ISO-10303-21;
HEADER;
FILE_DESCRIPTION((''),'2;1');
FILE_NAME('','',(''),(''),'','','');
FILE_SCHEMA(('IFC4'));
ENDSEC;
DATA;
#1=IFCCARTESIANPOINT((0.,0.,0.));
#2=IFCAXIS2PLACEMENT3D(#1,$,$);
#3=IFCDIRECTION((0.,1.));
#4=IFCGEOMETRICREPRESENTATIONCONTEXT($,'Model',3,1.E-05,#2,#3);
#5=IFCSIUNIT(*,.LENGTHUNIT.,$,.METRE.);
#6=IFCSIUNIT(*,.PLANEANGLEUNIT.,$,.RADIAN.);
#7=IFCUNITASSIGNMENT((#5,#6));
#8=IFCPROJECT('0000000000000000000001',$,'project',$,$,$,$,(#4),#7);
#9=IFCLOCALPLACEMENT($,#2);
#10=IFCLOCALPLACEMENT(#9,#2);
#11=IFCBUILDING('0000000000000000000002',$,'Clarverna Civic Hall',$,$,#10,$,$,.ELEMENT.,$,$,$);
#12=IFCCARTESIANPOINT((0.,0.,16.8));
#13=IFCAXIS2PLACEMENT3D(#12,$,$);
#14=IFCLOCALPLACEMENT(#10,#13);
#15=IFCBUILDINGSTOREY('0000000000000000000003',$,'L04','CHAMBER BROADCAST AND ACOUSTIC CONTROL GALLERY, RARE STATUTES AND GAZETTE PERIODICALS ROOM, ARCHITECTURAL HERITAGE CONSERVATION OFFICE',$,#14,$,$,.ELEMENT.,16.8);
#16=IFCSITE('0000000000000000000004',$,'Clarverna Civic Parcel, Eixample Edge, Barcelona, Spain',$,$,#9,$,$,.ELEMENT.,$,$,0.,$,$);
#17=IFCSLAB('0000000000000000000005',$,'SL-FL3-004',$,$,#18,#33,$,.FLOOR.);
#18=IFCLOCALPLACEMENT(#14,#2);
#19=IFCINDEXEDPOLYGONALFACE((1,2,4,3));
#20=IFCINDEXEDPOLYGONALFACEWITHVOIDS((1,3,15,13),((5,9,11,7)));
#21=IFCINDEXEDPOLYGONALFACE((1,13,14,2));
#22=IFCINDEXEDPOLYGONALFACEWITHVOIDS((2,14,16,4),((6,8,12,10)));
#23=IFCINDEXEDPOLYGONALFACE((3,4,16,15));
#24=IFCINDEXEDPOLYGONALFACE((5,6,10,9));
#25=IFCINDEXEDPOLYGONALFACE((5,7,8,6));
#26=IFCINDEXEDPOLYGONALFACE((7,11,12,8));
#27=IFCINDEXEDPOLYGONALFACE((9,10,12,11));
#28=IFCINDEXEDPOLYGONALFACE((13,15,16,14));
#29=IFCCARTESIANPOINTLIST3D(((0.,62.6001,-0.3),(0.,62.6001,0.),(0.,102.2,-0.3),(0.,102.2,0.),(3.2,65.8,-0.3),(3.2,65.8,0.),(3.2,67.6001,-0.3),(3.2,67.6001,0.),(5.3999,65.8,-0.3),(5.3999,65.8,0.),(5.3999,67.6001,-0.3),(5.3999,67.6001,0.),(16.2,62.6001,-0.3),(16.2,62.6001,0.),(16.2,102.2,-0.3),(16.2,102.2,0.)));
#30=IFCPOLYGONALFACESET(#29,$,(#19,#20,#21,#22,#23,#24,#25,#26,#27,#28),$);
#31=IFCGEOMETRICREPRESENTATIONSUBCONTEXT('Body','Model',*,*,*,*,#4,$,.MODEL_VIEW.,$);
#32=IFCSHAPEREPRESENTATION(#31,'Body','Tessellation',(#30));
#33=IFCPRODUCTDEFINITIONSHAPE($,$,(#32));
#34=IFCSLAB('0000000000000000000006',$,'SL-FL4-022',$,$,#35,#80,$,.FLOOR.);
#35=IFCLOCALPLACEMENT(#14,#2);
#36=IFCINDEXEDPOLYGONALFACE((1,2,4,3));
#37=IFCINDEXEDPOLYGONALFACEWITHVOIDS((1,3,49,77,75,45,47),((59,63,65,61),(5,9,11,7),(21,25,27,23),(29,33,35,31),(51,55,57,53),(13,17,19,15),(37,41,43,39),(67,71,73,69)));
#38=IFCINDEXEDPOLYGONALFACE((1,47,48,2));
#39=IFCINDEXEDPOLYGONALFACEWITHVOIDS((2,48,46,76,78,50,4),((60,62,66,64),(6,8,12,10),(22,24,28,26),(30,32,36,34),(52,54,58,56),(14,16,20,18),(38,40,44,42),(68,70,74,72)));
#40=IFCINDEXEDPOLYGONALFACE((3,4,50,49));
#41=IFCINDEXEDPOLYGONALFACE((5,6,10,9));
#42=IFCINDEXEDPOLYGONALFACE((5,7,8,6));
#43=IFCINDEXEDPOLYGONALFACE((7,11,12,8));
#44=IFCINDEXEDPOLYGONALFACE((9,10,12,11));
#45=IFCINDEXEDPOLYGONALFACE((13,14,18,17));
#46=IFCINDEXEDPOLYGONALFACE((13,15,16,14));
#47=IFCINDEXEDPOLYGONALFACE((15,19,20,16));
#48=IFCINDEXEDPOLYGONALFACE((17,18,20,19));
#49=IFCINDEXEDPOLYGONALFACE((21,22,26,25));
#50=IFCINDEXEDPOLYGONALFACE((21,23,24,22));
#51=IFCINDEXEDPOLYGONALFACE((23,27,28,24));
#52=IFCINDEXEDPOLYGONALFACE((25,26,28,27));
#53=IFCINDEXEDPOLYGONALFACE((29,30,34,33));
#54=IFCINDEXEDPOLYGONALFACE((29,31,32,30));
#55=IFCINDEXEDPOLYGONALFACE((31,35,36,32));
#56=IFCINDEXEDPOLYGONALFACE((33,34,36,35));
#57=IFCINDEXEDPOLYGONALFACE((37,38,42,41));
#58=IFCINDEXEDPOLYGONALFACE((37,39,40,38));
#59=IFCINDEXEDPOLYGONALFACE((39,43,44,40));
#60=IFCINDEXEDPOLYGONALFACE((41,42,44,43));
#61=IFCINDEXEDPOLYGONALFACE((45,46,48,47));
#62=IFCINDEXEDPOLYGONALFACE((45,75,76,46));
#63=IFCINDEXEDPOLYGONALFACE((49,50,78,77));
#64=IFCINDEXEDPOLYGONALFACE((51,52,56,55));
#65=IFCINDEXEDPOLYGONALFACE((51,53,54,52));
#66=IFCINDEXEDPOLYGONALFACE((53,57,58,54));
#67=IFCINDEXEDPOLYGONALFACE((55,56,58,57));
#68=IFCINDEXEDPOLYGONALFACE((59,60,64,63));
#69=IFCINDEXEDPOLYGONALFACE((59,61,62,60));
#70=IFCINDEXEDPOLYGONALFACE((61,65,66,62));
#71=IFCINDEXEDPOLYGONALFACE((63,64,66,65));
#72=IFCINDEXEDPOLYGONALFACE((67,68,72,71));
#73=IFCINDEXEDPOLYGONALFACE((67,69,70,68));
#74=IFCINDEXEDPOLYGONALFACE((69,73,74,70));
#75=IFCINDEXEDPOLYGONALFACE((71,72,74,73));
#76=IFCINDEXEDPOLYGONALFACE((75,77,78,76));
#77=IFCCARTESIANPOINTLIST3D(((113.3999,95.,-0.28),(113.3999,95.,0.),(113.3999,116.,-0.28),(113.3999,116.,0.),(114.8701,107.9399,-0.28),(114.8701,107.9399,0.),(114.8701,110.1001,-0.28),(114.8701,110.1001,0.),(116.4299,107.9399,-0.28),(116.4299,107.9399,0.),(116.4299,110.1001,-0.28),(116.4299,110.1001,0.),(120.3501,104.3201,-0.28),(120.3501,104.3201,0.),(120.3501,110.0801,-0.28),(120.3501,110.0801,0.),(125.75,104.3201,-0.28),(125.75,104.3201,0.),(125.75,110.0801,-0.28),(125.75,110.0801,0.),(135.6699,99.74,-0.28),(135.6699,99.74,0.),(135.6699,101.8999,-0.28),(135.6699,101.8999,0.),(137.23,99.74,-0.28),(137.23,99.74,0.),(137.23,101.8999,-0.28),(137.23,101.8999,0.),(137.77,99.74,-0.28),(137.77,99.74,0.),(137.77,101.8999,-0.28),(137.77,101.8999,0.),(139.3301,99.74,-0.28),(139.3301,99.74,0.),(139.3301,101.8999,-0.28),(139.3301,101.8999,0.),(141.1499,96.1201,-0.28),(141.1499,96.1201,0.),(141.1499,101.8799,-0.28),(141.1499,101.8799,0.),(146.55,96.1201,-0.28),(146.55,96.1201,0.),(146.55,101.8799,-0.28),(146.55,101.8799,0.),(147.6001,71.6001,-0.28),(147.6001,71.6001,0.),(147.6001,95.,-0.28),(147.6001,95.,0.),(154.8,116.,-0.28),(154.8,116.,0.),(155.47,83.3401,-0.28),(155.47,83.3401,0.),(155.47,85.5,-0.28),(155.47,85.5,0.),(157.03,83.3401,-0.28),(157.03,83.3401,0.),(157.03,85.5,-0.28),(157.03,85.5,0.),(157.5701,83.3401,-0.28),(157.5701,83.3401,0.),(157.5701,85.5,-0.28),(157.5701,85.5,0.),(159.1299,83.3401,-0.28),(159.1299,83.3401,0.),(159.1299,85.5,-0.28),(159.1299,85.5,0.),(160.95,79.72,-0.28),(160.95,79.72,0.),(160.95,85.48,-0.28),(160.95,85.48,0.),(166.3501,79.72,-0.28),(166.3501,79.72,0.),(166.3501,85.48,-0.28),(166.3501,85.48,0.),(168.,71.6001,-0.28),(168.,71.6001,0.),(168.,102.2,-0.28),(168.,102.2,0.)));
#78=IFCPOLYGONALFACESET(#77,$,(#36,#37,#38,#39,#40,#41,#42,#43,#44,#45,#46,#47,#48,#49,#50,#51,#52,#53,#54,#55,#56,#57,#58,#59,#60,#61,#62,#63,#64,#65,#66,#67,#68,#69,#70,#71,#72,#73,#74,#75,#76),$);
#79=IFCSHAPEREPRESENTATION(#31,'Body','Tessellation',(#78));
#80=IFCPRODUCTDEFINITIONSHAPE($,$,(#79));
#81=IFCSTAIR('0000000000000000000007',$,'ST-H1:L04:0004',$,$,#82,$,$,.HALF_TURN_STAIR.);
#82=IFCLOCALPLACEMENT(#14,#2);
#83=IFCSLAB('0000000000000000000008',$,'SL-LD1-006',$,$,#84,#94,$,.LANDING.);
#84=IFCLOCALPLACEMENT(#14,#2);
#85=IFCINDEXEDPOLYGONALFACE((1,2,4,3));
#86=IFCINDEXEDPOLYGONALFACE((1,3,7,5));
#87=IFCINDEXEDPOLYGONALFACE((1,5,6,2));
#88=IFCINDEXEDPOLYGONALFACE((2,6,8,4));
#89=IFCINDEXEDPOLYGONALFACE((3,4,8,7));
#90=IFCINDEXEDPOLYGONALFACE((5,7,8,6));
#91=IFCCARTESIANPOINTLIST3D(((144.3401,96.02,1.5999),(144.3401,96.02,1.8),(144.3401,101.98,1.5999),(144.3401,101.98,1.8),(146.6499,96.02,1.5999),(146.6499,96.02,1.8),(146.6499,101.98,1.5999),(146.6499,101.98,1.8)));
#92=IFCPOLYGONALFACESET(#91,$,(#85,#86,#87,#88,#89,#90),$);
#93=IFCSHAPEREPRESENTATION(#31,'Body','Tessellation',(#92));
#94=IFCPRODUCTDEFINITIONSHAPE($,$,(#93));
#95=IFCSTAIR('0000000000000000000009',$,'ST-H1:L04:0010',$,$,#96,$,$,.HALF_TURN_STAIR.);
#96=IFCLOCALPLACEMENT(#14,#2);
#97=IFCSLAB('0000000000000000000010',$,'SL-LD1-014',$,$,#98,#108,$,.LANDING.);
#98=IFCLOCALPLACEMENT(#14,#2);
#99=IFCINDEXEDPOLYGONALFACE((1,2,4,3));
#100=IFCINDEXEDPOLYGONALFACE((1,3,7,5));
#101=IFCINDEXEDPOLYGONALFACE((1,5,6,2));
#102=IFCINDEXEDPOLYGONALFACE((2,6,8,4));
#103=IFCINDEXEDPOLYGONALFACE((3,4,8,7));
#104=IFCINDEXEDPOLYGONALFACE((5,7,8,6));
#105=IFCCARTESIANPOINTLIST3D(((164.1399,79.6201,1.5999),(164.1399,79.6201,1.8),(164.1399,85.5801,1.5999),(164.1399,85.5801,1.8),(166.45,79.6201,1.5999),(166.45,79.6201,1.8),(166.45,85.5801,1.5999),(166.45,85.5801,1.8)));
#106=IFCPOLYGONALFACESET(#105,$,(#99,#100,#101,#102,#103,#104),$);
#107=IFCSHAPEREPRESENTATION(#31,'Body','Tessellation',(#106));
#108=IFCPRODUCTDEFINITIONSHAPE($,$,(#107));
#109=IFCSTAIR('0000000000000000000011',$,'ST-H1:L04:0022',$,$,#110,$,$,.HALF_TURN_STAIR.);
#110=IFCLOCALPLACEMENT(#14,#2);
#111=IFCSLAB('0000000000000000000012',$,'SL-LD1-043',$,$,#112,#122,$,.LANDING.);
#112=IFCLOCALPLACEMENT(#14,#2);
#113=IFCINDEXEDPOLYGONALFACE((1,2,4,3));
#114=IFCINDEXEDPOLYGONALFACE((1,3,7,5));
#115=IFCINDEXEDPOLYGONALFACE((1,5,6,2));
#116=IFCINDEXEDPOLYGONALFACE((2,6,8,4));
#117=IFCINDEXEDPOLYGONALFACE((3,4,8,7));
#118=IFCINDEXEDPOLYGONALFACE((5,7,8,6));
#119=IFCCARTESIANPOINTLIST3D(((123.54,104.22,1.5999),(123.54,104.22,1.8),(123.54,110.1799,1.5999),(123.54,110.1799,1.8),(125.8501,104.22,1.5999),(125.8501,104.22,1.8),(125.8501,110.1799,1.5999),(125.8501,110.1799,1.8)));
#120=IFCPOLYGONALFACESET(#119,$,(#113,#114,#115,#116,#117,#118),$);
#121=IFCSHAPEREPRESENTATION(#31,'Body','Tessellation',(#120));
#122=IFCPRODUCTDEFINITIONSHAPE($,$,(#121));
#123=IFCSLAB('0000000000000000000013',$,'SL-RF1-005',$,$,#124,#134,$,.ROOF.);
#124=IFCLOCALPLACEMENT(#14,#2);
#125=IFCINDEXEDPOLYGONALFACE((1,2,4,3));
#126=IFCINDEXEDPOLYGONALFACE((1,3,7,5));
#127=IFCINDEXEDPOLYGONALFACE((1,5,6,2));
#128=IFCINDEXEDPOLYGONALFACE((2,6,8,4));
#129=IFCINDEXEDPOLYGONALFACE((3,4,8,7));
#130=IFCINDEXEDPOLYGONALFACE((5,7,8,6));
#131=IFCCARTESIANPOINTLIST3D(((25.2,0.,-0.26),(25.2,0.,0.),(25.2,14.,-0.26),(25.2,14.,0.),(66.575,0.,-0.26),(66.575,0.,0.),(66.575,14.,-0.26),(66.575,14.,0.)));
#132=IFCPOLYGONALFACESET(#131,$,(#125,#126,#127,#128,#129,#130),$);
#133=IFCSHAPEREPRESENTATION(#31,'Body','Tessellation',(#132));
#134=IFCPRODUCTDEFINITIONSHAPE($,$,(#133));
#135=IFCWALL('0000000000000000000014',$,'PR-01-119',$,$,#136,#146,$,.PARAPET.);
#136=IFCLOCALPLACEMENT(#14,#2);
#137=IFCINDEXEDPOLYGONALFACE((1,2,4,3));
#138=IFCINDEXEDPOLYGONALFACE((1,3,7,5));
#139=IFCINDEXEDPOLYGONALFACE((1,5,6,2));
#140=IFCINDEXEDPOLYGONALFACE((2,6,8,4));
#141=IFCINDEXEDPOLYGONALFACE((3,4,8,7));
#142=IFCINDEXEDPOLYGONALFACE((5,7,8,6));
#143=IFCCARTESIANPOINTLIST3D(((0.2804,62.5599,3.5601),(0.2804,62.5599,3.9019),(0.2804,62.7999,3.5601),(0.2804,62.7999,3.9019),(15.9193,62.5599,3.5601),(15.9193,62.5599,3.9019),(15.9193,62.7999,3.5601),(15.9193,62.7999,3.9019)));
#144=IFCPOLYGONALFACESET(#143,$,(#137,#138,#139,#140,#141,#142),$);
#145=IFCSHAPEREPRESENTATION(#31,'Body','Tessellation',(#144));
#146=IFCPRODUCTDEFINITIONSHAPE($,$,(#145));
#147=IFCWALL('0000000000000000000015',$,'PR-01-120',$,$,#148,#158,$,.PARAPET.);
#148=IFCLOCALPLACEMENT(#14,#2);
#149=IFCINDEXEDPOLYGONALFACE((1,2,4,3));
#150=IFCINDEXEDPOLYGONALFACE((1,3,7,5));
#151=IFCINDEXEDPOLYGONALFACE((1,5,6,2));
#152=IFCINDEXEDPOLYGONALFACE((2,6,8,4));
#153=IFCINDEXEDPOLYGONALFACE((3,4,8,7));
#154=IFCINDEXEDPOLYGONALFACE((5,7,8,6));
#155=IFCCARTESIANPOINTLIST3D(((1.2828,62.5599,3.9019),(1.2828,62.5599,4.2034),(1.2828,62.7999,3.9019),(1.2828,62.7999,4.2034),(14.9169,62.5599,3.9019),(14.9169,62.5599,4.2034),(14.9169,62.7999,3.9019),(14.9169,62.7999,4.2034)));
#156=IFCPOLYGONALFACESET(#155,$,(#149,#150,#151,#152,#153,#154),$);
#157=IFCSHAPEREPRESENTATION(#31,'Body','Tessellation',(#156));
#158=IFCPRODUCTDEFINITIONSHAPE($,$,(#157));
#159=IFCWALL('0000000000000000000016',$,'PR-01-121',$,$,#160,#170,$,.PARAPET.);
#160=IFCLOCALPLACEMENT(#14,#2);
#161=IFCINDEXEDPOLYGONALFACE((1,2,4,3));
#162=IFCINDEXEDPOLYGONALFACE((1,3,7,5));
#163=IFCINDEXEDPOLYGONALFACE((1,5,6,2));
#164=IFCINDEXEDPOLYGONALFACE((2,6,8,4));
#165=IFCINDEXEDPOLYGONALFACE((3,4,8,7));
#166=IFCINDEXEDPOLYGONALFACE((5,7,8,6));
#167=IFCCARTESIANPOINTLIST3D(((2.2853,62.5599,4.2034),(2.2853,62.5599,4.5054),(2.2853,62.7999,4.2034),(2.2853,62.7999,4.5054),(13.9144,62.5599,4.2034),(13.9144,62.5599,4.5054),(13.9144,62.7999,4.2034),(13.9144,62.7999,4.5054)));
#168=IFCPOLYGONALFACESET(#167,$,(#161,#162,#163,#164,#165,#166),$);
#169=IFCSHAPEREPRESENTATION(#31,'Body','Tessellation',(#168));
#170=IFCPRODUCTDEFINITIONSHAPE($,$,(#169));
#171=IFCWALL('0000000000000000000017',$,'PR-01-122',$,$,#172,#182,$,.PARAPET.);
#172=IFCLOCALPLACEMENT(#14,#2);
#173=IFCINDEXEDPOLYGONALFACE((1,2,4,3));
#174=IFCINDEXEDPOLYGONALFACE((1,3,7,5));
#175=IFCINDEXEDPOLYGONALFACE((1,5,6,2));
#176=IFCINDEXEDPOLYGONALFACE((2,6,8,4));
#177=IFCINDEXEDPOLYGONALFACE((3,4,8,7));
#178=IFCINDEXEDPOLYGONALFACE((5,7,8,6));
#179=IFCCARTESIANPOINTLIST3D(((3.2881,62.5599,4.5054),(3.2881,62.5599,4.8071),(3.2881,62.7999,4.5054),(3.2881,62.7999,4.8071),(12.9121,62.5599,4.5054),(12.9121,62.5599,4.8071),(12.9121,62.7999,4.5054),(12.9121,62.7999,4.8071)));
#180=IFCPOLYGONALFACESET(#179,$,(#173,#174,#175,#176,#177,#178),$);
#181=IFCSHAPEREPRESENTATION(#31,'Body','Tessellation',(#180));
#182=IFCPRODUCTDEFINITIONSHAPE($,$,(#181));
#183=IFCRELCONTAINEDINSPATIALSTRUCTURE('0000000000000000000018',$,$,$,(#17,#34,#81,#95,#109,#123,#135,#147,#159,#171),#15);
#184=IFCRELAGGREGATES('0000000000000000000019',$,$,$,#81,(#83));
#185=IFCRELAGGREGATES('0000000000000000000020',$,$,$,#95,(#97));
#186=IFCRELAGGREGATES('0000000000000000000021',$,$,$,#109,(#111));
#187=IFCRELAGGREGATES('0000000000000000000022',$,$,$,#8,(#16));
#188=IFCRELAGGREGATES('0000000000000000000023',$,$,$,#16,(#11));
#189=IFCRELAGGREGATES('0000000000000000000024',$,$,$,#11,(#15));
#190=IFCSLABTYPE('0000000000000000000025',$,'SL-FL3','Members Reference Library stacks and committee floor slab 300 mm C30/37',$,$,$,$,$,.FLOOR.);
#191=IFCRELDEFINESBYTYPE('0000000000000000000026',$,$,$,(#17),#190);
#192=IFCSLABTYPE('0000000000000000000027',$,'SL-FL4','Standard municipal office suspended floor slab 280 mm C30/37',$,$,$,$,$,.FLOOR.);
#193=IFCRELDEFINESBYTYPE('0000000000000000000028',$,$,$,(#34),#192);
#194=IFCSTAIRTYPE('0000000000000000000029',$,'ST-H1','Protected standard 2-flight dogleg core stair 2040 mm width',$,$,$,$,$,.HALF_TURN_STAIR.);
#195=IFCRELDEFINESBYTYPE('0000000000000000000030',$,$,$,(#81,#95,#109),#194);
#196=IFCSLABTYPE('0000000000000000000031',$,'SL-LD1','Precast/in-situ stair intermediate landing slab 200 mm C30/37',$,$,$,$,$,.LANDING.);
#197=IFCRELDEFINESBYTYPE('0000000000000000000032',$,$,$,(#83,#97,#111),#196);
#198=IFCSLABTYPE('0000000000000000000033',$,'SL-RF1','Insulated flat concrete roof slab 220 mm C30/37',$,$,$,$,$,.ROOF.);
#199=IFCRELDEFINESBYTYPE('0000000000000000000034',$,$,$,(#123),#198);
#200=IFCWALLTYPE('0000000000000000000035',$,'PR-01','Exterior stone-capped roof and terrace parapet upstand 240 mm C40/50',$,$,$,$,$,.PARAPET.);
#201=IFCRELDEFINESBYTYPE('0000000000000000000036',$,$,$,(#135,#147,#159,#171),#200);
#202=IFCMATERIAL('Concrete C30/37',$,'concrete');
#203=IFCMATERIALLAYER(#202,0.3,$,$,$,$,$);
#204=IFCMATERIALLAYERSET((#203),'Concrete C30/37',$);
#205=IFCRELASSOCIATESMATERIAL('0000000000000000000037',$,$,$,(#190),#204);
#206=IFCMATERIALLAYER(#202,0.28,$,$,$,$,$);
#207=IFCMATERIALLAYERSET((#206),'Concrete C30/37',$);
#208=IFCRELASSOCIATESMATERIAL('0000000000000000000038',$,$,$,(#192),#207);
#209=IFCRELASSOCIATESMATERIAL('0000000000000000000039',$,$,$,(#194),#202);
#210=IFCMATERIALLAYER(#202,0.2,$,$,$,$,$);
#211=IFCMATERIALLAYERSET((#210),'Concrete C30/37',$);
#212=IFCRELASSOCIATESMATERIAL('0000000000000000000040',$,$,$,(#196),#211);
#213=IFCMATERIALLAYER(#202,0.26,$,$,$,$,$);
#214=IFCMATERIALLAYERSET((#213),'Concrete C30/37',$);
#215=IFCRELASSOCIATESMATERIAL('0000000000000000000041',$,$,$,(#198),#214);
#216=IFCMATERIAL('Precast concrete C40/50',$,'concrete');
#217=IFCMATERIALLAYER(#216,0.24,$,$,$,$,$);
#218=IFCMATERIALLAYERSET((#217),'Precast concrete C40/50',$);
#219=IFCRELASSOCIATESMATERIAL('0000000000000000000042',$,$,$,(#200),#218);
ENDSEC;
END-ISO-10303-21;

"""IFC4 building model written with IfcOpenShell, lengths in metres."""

from ifc_helpers import new_model, si_unit, direction, frame, frame_2d, origin, place, context, subcontext, project, spatial, polyline, rectangle, outline, extrude, material, layer, layer_set, type_object, element, aggregate, save


model = new_model("IFC4")

# Units and contexts
model_context = context("Model", 3, precision=1e-05, world=origin(), true_north=direction((0.0, 1.0)))
body_context = subcontext(model_context, "Body", "Model", "MODEL_VIEW")
ifc_project = project(units=[si_unit("LENGTHUNIT", "METRE"), si_unit("PLANEANGLEUNIT", "RADIAN")], contexts=[model_context])

# Site, building, storey
site_placement = place(None, origin())
site = spatial("IfcSite", under=ifc_project, at=site_placement, Name="Clarverna Civic Parcel, Eixample Edge, Barcelona, Spain", CompositionType="ELEMENT", RefElevation=0.0)
building_placement = place(site_placement, origin())
building = spatial("IfcBuilding", under=site, at=building_placement, Name="Clarverna Civic Hall", CompositionType="ELEMENT")
storey_placement = place(building_placement, frame((0.0, 0.0, 16.8)))
storey = spatial("IfcBuildingStorey", under=building, at=storey_placement, Name="L04", Description="CHAMBER BROADCAST AND ACOUSTIC CONTROL GALLERY, RARE STATUTES AND GAZETTE PERIODICALS ROOM, ARCHITECTURAL HERITAGE CONSERVATION OFFICE", CompositionType="ELEMENT", Elevation=16.8)

# Slabs
ifc_material_1 = material(Name="Concrete C30/37", Category="concrete")
ifc_layer_1 = layer(ifc_material_1, 0.3)
ifc_layer_set_1 = layer_set([ifc_layer_1], Name="Concrete C30/37")
slab_type_1 = type_object("IfcSlabType", Name="SL-FL3", Description="Members Reference Library stacks and committee floor slab 300 mm C30/37", PredefinedType="FLOOR", material=ifc_layer_set_1)
slab_1_placement = place(storey_placement, frame((0.0, 0.0, -0.3)))
element("IfcSlab", 1, at=slab_1_placement, inside=storey, type_object=slab_type_1, Name="SL-FL3-004", PredefinedType="FLOOR", context=body_context, shape_type="SweptSolid", body=[
    extrude(outline(polyline([(0.0, 102.2), (0.0, 62.6001), (16.2, 62.6001), (16.2, 102.2), (0.0, 102.2)]), holes=[polyline([(3.2, 65.8), (5.3999, 65.8), (5.3999, 67.6001), (3.2, 67.6001), (3.2, 65.8)])]), origin(), (0.0, 0.0, 1.0), 0.3),
])
ifc_layer_2 = layer(ifc_material_1, 0.28)
ifc_layer_set_2 = layer_set([ifc_layer_2], Name="Concrete C30/37")
slab_type_2 = type_object("IfcSlabType", Name="SL-FL4", Description="Standard municipal office suspended floor slab 280 mm C30/37", PredefinedType="FLOOR", material=ifc_layer_set_2)
slab_2_placement = place(storey_placement, frame((0.0, 0.0, -0.28)))
element("IfcSlab", 2, at=slab_2_placement, inside=storey, type_object=slab_type_2, Name="SL-FL4-022", PredefinedType="FLOOR", context=body_context, shape_type="SweptSolid", body=[
    extrude(outline(polyline([(113.3999, 95.0), (147.6001, 95.0), (147.6001, 71.6001), (168.0, 71.6001), (168.0, 102.2), (154.8, 116.0), (113.3999, 116.0), (113.3999, 95.0)]), holes=[polyline([(141.1499, 96.1201), (146.55, 96.1201), (146.55, 101.8799), (141.1499, 101.8799), (141.1499, 96.1201)]), polyline([(135.6699, 99.74), (137.23, 99.74), (137.23, 101.8999), (135.6699, 101.8999), (135.6699, 99.74)]), polyline([(137.77, 99.74), (139.3301, 99.74), (139.3301, 101.8999), (137.77, 101.8999), (137.77, 99.74)]), polyline([(160.95, 79.72), (166.3501, 79.72), (166.3501, 85.48), (160.95, 85.48), (160.95, 79.72)]), polyline([(155.47, 83.3401), (157.03, 83.3401), (157.03, 85.5), (155.47, 85.5), (155.47, 83.3401)]), polyline([(157.5701, 83.3401), (159.1299, 83.3401), (159.1299, 85.5), (157.5701, 85.5), (157.5701, 83.3401)]), polyline([(120.3501, 104.3201), (125.75, 104.3201), (125.75, 110.0801), (120.3501, 110.0801), (120.3501, 104.3201)]), polyline([(114.8701, 107.9399), (116.4299, 107.9399), (116.4299, 110.1001), (114.8701, 110.1001), (114.8701, 107.9399)])]), origin(), (0.0, 0.0, 1.0), 0.28),
])

# Stairs, slabs
stair_type = type_object("IfcStairType", Name="ST-H1", Description="Protected standard 2-flight dogleg core stair 2040 mm width", PredefinedType="HALF_TURN_STAIR", material=ifc_material_1)
stair_1_placement = place(storey_placement, origin())
stair_1 = element("IfcStair", 3, at=stair_1_placement, inside=storey, type_object=stair_type, Name="ST-H1:L04:0004", PredefinedType="HALF_TURN_STAIR")
ifc_layer_3 = layer(ifc_material_1, 0.2)
ifc_layer_set_3 = layer_set([ifc_layer_3], Name="Concrete C30/37")
slab_type_3 = type_object("IfcSlabType", Name="SL-LD1", Description="Precast/in-situ stair intermediate landing slab 200 mm C30/37", PredefinedType="LANDING", material=ifc_layer_set_3)
slab_3_placement = place(storey_placement, frame((0.0, 0.0, 1.5999)))
slab_3 = element("IfcSlab", 4, at=slab_3_placement, type_object=slab_type_3, Name="SL-LD1-006", PredefinedType="LANDING", context=body_context, shape_type="SweptSolid", body=[
    extrude(outline(polyline([(144.3401, 96.02), (146.6499, 96.02), (146.6499, 101.98), (144.3401, 101.98), (144.3401, 96.02)])), origin(), (0.0, 0.0, 1.0), 0.2002),
])
aggregate(stair_1, [slab_3])
stair_2_placement = place(storey_placement, origin())
stair_2 = element("IfcStair", 5, at=stair_2_placement, inside=storey, type_object=stair_type, Name="ST-H1:L04:0010", PredefinedType="HALF_TURN_STAIR")
slab_4_placement = place(storey_placement, frame((0.0, 0.0, 1.5999)))
slab_4 = element("IfcSlab", 6, at=slab_4_placement, type_object=slab_type_3, Name="SL-LD1-014", PredefinedType="LANDING", context=body_context, shape_type="SweptSolid", body=[
    extrude(outline(polyline([(164.1399, 79.6201), (166.45, 79.6201), (166.45, 85.5801), (164.1399, 85.5801), (164.1399, 79.6201)])), origin(), (0.0, 0.0, 1.0), 0.2002),
])
aggregate(stair_2, [slab_4])
stair_3_placement = place(storey_placement, origin())
stair_3 = element("IfcStair", 7, at=stair_3_placement, inside=storey, type_object=stair_type, Name="ST-H1:L04:0022", PredefinedType="HALF_TURN_STAIR")
slab_5_placement = place(storey_placement, frame((0.0, 0.0, 1.5999)))
slab_5 = element("IfcSlab", 8, at=slab_5_placement, type_object=slab_type_3, Name="SL-LD1-043", PredefinedType="LANDING", context=body_context, shape_type="SweptSolid", body=[
    extrude(outline(polyline([(123.54, 104.22), (125.8501, 104.22), (125.8501, 110.1799), (123.54, 110.1799), (123.54, 104.22)])), origin(), (0.0, 0.0, 1.0), 0.2002),
])
aggregate(stair_3, [slab_5])

# Slab
ifc_layer_4 = layer(ifc_material_1, 0.26)
ifc_layer_set_4 = layer_set([ifc_layer_4], Name="Concrete C30/37")
slab_type_4 = type_object("IfcSlabType", Name="SL-RF1", Description="Insulated flat concrete roof slab 220 mm C30/37", PredefinedType="ROOF", material=ifc_layer_set_4)
slab_6_placement = place(storey_placement, frame((0.0, 0.0, -0.26)))
element("IfcSlab", 9, at=slab_6_placement, inside=storey, type_object=slab_type_4, Name="SL-RF1-005", PredefinedType="ROOF", context=body_context, shape_type="SweptSolid", body=[
    extrude(outline(polyline([(25.2, 0.0), (66.575, 0.0), (66.575, 14.0), (25.2, 14.0), (25.2, 0.0)])), origin(), (0.0, 0.0, 1.0), 0.26),
])

# Walls
ifc_material_2 = material(Name="Precast concrete C40/50", Category="concrete")
ifc_layer_5 = layer(ifc_material_2, 0.24)
ifc_layer_set_5 = layer_set([ifc_layer_5], Name="Precast concrete C40/50")
wall_type = type_object("IfcWallType", Name="PR-01", Description="Exterior stone-capped roof and terrace parapet upstand 240 mm C40/50", PredefinedType="PARAPET", material=ifc_layer_set_5)
wall_1_placement = place(storey_placement, frame((0.2805, 62.6799, 3.5601), z_axis=(0.0, 0.0, 1.0), x_axis=(1.0, 0.0, 0.0)))
element("IfcWall", 10, at=wall_1_placement, inside=storey, type_object=wall_type, Name="PR-01-119", PredefinedType="PARAPET", context=body_context, shape_type="SweptSolid", body=[
    extrude(rectangle(XDim=15.6389, YDim=0.24, at=frame_2d((7.8193, 0.0))), origin(), (0.0, 0.0, 1.0), 0.3418),
])
wall_2_placement = place(storey_placement, frame((1.283, 62.6799, 3.9019), z_axis=(0.0, 0.0, 1.0), x_axis=(1.0, 0.0, 0.0)))
element("IfcWall", 11, at=wall_2_placement, inside=storey, type_object=wall_type, Name="PR-01-120", PredefinedType="PARAPET", context=body_context, shape_type="SweptSolid", body=[
    extrude(rectangle(XDim=13.634, YDim=0.24, at=frame_2d((6.8169, 0.0))), origin(), (0.0, 0.0, 1.0), 0.3015),
])
wall_3_placement = place(storey_placement, frame((2.2854, 62.6799, 4.2034), z_axis=(0.0, 0.0, 1.0), x_axis=(1.0, 0.0, 0.0)))
element("IfcWall", 12, at=wall_3_placement, inside=storey, type_object=wall_type, Name="PR-01-121", PredefinedType="PARAPET", context=body_context, shape_type="SweptSolid", body=[
    extrude(rectangle(XDim=11.6292, YDim=0.24, at=frame_2d((5.8145, 0.0))), origin(), (0.0, 0.0, 1.0), 0.302),
])
wall_4_placement = place(storey_placement, frame((3.2881, 62.6799, 4.5054), z_axis=(0.0, 0.0, 1.0), x_axis=(1.0, 0.0, 0.0)))
element("IfcWall", 13, at=wall_4_placement, inside=storey, type_object=wall_type, Name="PR-01-122", PredefinedType="PARAPET", context=body_context, shape_type="SweptSolid", body=[
    extrude(rectangle(XDim=9.624, YDim=0.24, at=frame_2d((4.812, 0.0))), origin(), (0.0, 0.0, 1.0), 0.3018),
])

save(model, "model.ifc")
